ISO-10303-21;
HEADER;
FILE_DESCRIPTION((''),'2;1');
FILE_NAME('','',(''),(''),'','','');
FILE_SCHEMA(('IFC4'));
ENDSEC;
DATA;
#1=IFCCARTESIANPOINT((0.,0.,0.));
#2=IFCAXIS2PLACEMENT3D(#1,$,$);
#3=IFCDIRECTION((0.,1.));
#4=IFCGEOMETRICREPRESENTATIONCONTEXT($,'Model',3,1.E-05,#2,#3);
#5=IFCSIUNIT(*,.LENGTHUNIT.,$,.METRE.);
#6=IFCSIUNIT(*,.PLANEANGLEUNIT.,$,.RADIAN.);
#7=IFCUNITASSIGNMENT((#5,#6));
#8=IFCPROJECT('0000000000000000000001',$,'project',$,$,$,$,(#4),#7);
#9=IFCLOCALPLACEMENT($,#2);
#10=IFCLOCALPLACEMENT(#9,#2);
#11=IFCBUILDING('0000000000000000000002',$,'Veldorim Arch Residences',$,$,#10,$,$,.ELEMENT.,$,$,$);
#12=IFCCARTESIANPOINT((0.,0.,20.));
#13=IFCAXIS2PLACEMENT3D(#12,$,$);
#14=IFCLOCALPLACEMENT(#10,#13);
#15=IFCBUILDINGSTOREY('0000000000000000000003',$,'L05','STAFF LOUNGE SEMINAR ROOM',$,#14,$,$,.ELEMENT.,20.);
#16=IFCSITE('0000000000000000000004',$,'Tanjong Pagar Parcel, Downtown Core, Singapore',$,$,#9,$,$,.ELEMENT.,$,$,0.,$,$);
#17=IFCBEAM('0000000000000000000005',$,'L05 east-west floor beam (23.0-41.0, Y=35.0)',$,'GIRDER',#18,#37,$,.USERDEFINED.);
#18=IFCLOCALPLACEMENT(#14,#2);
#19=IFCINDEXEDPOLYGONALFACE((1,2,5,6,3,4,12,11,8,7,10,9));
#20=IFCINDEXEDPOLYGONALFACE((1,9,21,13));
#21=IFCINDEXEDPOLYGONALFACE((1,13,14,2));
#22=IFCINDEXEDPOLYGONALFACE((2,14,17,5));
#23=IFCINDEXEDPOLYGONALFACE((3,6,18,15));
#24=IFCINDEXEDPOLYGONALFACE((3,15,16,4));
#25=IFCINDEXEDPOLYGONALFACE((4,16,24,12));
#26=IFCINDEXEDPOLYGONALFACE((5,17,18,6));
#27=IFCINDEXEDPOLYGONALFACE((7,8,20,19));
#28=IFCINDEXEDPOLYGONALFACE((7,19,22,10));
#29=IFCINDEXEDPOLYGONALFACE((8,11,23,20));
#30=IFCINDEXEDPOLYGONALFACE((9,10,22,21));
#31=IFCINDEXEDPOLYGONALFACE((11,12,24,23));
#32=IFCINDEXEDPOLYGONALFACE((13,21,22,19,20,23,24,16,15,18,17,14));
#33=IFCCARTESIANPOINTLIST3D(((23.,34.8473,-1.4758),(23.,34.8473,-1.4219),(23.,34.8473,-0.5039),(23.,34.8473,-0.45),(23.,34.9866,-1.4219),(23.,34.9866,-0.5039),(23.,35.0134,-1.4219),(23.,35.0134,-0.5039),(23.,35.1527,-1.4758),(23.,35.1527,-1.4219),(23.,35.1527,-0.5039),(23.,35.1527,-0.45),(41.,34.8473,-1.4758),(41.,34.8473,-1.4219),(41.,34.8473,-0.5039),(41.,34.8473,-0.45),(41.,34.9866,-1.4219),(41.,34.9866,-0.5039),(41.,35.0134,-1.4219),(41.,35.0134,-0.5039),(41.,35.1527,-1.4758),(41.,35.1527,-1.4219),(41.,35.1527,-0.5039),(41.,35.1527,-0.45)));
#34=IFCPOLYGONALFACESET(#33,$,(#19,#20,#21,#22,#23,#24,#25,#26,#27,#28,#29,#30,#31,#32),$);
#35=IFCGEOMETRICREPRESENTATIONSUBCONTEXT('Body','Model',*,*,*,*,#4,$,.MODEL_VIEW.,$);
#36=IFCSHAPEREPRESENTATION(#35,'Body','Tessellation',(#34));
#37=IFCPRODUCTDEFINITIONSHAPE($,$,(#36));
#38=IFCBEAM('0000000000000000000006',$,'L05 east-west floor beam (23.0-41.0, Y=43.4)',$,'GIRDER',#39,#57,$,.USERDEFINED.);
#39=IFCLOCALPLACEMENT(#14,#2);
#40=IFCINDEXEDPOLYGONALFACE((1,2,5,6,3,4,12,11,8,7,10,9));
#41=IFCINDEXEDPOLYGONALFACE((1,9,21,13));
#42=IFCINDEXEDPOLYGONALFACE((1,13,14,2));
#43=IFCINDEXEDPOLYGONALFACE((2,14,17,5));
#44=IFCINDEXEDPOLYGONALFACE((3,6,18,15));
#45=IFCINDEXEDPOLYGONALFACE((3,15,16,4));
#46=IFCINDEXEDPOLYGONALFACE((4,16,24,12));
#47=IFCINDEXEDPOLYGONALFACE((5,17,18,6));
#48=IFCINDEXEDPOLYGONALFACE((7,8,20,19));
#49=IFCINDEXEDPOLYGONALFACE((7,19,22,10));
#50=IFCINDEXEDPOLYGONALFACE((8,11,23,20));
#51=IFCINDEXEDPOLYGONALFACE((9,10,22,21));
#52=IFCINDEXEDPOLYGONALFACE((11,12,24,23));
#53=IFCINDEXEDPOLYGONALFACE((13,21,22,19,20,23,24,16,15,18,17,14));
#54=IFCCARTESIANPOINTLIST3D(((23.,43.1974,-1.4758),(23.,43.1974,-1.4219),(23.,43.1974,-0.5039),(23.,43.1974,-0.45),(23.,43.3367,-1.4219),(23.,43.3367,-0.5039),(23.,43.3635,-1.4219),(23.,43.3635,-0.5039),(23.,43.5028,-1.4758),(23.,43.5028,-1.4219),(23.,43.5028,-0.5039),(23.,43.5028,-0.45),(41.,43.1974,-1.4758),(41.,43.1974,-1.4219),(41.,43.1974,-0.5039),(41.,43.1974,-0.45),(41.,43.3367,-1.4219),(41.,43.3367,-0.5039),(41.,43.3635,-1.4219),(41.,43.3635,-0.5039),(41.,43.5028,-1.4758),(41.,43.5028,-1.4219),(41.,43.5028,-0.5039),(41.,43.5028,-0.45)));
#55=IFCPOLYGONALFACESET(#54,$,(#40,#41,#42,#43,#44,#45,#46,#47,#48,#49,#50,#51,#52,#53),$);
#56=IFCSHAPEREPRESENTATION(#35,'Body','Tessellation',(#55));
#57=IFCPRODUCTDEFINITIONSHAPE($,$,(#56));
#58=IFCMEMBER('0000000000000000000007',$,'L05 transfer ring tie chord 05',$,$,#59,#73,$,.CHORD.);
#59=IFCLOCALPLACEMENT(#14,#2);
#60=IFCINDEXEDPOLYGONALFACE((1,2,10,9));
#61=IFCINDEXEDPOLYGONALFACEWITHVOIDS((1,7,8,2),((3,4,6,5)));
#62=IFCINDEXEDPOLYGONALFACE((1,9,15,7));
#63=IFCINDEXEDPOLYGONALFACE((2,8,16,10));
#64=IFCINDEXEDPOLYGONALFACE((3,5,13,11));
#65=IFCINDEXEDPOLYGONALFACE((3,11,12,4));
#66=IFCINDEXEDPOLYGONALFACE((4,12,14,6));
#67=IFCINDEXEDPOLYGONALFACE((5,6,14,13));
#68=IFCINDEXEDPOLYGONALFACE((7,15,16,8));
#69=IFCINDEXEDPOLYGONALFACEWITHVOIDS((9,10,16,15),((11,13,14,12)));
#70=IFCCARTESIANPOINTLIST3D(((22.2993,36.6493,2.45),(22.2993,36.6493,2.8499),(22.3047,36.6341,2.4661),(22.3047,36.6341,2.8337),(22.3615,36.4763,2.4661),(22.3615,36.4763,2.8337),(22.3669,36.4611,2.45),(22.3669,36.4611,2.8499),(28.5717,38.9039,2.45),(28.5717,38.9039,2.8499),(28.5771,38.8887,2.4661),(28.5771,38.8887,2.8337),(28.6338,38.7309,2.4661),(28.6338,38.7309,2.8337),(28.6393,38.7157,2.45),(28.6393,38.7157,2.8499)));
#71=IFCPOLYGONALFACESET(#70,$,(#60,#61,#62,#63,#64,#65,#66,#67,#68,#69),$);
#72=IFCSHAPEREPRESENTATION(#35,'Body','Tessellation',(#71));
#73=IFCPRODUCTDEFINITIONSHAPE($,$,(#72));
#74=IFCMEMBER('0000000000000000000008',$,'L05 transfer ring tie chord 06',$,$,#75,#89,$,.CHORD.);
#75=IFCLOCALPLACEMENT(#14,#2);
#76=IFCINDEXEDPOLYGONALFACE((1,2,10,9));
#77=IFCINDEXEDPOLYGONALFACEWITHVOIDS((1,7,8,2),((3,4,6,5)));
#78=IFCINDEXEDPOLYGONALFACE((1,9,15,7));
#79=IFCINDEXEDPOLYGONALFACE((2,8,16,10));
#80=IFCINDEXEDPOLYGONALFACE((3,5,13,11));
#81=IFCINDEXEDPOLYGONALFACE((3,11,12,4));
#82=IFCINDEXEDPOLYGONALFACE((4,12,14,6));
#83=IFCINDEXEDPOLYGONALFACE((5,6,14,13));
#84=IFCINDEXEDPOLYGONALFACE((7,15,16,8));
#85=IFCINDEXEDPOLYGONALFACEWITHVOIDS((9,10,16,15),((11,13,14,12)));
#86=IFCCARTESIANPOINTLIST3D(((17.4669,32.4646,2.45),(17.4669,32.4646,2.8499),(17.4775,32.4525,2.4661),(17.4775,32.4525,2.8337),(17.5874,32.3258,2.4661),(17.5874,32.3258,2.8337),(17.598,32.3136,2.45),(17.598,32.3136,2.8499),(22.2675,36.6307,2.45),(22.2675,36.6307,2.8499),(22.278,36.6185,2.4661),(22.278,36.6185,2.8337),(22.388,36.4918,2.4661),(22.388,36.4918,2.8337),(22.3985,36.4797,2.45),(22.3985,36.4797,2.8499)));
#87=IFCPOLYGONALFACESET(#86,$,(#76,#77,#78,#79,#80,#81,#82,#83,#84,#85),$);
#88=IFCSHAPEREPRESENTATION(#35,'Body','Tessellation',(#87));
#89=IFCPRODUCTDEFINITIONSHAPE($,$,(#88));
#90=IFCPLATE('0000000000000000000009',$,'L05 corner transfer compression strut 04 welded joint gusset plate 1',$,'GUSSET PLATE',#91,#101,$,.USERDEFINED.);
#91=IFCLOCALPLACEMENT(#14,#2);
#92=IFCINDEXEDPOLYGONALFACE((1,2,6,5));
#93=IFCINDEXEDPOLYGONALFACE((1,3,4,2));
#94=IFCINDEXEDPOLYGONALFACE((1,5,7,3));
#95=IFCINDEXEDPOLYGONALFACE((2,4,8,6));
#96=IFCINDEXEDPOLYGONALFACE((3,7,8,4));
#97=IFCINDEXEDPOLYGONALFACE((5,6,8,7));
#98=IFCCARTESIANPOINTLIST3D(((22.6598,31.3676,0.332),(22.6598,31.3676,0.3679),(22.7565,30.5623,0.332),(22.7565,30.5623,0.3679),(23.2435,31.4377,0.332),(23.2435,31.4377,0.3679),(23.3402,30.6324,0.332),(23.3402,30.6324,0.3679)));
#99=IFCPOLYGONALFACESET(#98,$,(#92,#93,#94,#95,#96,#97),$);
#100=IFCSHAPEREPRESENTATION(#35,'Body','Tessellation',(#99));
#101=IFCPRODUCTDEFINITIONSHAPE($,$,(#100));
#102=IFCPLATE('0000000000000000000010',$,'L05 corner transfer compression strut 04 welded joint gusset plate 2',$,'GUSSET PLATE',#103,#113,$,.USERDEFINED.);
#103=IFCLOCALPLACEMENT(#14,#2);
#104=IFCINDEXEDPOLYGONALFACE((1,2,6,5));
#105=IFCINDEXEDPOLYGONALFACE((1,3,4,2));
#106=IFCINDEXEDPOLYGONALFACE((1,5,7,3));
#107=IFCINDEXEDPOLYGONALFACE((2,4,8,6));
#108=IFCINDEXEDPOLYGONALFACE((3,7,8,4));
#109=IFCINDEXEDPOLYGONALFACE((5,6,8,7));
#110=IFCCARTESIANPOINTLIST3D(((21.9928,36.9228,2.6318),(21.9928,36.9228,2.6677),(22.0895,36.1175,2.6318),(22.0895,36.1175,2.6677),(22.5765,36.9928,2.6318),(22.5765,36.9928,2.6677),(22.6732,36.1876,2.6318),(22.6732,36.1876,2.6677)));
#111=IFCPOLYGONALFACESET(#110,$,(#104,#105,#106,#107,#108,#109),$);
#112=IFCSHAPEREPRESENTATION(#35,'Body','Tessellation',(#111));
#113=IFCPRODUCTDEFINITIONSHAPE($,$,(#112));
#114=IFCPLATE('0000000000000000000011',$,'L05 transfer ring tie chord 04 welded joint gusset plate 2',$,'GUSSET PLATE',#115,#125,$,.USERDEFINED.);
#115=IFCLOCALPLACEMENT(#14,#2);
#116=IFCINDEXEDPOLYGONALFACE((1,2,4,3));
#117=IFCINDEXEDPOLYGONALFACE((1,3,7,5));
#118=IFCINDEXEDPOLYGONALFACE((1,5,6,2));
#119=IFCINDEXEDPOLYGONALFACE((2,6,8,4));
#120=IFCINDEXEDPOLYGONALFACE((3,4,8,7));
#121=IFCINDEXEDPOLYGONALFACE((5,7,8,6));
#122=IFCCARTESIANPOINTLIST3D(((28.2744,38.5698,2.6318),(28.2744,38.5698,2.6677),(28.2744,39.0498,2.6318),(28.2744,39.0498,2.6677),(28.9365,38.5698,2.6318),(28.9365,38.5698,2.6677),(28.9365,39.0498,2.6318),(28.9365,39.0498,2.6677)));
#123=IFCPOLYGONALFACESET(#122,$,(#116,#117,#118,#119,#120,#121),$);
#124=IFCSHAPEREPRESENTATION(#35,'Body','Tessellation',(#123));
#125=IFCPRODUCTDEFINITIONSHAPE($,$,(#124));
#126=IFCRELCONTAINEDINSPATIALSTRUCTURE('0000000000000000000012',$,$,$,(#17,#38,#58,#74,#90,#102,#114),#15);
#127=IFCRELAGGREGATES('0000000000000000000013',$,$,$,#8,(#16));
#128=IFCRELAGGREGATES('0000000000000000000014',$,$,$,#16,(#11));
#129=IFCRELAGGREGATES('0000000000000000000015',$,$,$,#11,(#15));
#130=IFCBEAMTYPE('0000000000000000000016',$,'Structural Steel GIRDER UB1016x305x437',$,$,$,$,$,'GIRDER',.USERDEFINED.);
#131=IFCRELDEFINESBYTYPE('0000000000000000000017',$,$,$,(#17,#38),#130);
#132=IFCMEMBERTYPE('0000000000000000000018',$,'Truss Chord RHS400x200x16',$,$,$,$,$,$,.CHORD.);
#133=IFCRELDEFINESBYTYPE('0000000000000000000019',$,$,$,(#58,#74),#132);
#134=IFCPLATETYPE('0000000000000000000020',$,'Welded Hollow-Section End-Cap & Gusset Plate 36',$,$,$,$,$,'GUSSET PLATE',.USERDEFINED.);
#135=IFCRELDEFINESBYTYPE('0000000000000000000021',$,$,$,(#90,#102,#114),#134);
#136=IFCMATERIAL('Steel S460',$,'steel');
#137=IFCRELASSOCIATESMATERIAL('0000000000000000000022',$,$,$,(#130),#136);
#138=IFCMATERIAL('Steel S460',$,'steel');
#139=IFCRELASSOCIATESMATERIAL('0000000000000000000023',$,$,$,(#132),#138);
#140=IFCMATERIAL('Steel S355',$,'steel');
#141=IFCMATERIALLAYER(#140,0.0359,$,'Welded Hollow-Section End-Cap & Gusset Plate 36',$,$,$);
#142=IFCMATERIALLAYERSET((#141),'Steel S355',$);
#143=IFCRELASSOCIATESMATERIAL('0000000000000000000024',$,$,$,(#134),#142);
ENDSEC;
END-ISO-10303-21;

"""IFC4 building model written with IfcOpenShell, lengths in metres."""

from ifc_helpers import new_model, si_unit, direction, frame, origin, origin_2d, place, context, subcontext, project, spatial, rectangle, hollow_rectangle, i_section, extrude, material, layer, layer_set, material_profile, profile_set, type_object, element, save


model = new_model("IFC4")

# Units and contexts
model_context = context("Model", 3, precision=1e-05, world=origin(), true_north=direction((0.0, 1.0)))
body_context = subcontext(model_context, "Body", "Model", "MODEL_VIEW")
ifc_project = project(units=[si_unit("LENGTHUNIT", "METRE"), si_unit("PLANEANGLEUNIT", "RADIAN")], contexts=[model_context])

# Site, building, storey
site_placement = place(None, origin())
site = spatial("IfcSite", under=ifc_project, at=site_placement, Name="Tanjong Pagar Parcel, Downtown Core, Singapore", CompositionType="ELEMENT", RefElevation=0.0)
building_placement = place(site_placement, origin())
building = spatial("IfcBuilding", under=site, at=building_placement, Name="Veldorim Arch Residences", CompositionType="ELEMENT")
storey_placement = place(building_placement, frame((0.0, 0.0, 20.0)))
storey = spatial("IfcBuildingStorey", under=building, at=storey_placement, Name="L05", Description="STAFF LOUNGE SEMINAR ROOM", CompositionType="ELEMENT", Elevation=20.0)

# Beams
ifc_material_1 = material(Name="Steel S460", Category="steel")
ifc_material_profile_1 = material_profile(ifc_material_1, i_section(OverallWidth=0.3054, OverallDepth=1.0259, WebThickness=0.0269, FlangeThickness=0.054, at=origin_2d()), Name="UB1016x305x437")
ifc_profile_set_1 = profile_set([ifc_material_profile_1], Name="Steel S460")
beam_type_1 = type_object("IfcBeamType", Name="Structural Steel GIRDER UB1016x305x437", ElementType="GIRDER", PredefinedType="USERDEFINED", material=ifc_profile_set_1)
for number, where, z_axis, x_axis, name in (
    (1, (23.0, 35.0, -0.9629), (1.0, 0.0, 0.0), (0.0, 1.0, 0.0), "L05 east-west floor beam (23.0-41.0, Y=35.0)"),
    (2, (23.0, 43.3501, -0.9629), (1.0, 0.0, 0.0), (0.0, 1.0, 0.0), "L05 east-west floor beam (23.0-41.0, Y=43.4)"),
):
    element("IfcBeam", number, at=place(storey_placement, frame(where, z_axis=z_axis, x_axis=x_axis)), inside=storey, type_object=beam_type_1, Name=name, ObjectType="GIRDER", PredefinedType="USERDEFINED", context=body_context, shape_type="SweptSolid", body=[
        extrude(i_section(OverallWidth=0.3054, OverallDepth=1.0259, WebThickness=0.0269, FlangeThickness=0.054, at=origin_2d()), origin(), (0.0, 0.0, 1.0), 18.0),
    ])

# Members
ifc_material_2 = material(Name="Steel S460", Category="steel")
ifc_material_profile_2 = material_profile(ifc_material_2, hollow_rectangle(XDim=0.2, YDim=0.3999, WallThickness=0.0161, at=origin_2d()), Name="RHS400x200x16")
ifc_profile_set_2 = profile_set([ifc_material_profile_2], Name="Steel S460")
member_type_1 = type_object("IfcMemberType", Name="Truss Chord RHS400x200x16", PredefinedType="CHORD", material=ifc_profile_set_2)
member_1_placement = place(storey_placement, frame((28.6055, 38.8098, 2.6499), z_axis=(-0.941052, -0.338262, 0.0), x_axis=(0.338262, -0.941052, 0.0)))
element("IfcMember", 3, at=member_1_placement, inside=storey, type_object=member_type_1, Name="L05 transfer ring tie chord 05", PredefinedType="CHORD", context=body_context, shape_type="SweptSolid", body=[
    extrude(hollow_rectangle(XDim=0.2, YDim=0.3999, WallThickness=0.0161, at=origin_2d()), origin(), (0.0, 0.0, 1.0), 6.6653),
])
member_2_placement = place(storey_placement, frame((22.333, 36.5552, 2.6499), z_axis=(-0.755257, -0.655429, 0.0), x_axis=(0.655429, -0.755257, 0.0)))
element("IfcMember", 4, at=member_2_placement, inside=storey, type_object=member_type_1, Name="L05 transfer ring tie chord 06", PredefinedType="CHORD", context=body_context, shape_type="SweptSolid", body=[
    extrude(hollow_rectangle(XDim=0.2, YDim=0.3999, WallThickness=0.0161, at=origin_2d()), origin(), (0.0, 0.0, 1.0), 6.3562),
])

# Plates
ifc_material_3 = material(Name="Steel S355", Category="steel")
ifc_layer_1 = layer(ifc_material_3, 0.0359, Name="Welded Hollow-Section End-Cap & Gusset Plate 36")
ifc_layer_set_1 = layer_set([ifc_layer_1], Name="Steel S355")
plate_type = type_object("IfcPlateType", Name="Welded Hollow-Section End-Cap & Gusset Plate 36", ElementType="GUSSET PLATE", PredefinedType="USERDEFINED", material=ifc_layer_set_1)
for number, where, z_axis, x_axis, name in (
    (5, (23.0, 31.0, 0.332), (0.0, 0.0, 1.0), (-0.119201, 0.99287, 0.0), "L05 corner transfer compression strut 04 welded joint gusset plate 1"),
    (6, (22.333, 36.5552, 2.6318), (0.0, 0.0, 1.0), (-0.119201, 0.99287, 0.0), "L05 corner transfer compression strut 04 welded joint gusset plate 2"),
):
    element("IfcPlate", number, at=place(storey_placement, frame(where, z_axis=z_axis, x_axis=x_axis)), inside=storey, type_object=plate_type, Name=name, ObjectType="GUSSET PLATE", PredefinedType="USERDEFINED", context=body_context, shape_type="SweptSolid", body=[
        extrude(rectangle(XDim=0.811, YDim=0.5879, at=origin_2d()), origin(), (0.0, 0.0, 1.0), 0.0359),
    ])
plate_placement = place(storey_placement, frame((28.6055, 38.8098, 2.6318), z_axis=(0.0, 0.0, 1.0), x_axis=(-1.0, 0.0, 0.0)))
element("IfcPlate", 7, at=plate_placement, inside=storey, type_object=plate_type, Name="L05 transfer ring tie chord 04 welded joint gusset plate 2", ObjectType="GUSSET PLATE", PredefinedType="USERDEFINED", context=body_context, shape_type="SweptSolid", body=[
    extrude(rectangle(XDim=0.6621, YDim=0.48, at=origin_2d()), origin(), (0.0, 0.0, 1.0), 0.0359),
])

save(model, "model.ifc")
